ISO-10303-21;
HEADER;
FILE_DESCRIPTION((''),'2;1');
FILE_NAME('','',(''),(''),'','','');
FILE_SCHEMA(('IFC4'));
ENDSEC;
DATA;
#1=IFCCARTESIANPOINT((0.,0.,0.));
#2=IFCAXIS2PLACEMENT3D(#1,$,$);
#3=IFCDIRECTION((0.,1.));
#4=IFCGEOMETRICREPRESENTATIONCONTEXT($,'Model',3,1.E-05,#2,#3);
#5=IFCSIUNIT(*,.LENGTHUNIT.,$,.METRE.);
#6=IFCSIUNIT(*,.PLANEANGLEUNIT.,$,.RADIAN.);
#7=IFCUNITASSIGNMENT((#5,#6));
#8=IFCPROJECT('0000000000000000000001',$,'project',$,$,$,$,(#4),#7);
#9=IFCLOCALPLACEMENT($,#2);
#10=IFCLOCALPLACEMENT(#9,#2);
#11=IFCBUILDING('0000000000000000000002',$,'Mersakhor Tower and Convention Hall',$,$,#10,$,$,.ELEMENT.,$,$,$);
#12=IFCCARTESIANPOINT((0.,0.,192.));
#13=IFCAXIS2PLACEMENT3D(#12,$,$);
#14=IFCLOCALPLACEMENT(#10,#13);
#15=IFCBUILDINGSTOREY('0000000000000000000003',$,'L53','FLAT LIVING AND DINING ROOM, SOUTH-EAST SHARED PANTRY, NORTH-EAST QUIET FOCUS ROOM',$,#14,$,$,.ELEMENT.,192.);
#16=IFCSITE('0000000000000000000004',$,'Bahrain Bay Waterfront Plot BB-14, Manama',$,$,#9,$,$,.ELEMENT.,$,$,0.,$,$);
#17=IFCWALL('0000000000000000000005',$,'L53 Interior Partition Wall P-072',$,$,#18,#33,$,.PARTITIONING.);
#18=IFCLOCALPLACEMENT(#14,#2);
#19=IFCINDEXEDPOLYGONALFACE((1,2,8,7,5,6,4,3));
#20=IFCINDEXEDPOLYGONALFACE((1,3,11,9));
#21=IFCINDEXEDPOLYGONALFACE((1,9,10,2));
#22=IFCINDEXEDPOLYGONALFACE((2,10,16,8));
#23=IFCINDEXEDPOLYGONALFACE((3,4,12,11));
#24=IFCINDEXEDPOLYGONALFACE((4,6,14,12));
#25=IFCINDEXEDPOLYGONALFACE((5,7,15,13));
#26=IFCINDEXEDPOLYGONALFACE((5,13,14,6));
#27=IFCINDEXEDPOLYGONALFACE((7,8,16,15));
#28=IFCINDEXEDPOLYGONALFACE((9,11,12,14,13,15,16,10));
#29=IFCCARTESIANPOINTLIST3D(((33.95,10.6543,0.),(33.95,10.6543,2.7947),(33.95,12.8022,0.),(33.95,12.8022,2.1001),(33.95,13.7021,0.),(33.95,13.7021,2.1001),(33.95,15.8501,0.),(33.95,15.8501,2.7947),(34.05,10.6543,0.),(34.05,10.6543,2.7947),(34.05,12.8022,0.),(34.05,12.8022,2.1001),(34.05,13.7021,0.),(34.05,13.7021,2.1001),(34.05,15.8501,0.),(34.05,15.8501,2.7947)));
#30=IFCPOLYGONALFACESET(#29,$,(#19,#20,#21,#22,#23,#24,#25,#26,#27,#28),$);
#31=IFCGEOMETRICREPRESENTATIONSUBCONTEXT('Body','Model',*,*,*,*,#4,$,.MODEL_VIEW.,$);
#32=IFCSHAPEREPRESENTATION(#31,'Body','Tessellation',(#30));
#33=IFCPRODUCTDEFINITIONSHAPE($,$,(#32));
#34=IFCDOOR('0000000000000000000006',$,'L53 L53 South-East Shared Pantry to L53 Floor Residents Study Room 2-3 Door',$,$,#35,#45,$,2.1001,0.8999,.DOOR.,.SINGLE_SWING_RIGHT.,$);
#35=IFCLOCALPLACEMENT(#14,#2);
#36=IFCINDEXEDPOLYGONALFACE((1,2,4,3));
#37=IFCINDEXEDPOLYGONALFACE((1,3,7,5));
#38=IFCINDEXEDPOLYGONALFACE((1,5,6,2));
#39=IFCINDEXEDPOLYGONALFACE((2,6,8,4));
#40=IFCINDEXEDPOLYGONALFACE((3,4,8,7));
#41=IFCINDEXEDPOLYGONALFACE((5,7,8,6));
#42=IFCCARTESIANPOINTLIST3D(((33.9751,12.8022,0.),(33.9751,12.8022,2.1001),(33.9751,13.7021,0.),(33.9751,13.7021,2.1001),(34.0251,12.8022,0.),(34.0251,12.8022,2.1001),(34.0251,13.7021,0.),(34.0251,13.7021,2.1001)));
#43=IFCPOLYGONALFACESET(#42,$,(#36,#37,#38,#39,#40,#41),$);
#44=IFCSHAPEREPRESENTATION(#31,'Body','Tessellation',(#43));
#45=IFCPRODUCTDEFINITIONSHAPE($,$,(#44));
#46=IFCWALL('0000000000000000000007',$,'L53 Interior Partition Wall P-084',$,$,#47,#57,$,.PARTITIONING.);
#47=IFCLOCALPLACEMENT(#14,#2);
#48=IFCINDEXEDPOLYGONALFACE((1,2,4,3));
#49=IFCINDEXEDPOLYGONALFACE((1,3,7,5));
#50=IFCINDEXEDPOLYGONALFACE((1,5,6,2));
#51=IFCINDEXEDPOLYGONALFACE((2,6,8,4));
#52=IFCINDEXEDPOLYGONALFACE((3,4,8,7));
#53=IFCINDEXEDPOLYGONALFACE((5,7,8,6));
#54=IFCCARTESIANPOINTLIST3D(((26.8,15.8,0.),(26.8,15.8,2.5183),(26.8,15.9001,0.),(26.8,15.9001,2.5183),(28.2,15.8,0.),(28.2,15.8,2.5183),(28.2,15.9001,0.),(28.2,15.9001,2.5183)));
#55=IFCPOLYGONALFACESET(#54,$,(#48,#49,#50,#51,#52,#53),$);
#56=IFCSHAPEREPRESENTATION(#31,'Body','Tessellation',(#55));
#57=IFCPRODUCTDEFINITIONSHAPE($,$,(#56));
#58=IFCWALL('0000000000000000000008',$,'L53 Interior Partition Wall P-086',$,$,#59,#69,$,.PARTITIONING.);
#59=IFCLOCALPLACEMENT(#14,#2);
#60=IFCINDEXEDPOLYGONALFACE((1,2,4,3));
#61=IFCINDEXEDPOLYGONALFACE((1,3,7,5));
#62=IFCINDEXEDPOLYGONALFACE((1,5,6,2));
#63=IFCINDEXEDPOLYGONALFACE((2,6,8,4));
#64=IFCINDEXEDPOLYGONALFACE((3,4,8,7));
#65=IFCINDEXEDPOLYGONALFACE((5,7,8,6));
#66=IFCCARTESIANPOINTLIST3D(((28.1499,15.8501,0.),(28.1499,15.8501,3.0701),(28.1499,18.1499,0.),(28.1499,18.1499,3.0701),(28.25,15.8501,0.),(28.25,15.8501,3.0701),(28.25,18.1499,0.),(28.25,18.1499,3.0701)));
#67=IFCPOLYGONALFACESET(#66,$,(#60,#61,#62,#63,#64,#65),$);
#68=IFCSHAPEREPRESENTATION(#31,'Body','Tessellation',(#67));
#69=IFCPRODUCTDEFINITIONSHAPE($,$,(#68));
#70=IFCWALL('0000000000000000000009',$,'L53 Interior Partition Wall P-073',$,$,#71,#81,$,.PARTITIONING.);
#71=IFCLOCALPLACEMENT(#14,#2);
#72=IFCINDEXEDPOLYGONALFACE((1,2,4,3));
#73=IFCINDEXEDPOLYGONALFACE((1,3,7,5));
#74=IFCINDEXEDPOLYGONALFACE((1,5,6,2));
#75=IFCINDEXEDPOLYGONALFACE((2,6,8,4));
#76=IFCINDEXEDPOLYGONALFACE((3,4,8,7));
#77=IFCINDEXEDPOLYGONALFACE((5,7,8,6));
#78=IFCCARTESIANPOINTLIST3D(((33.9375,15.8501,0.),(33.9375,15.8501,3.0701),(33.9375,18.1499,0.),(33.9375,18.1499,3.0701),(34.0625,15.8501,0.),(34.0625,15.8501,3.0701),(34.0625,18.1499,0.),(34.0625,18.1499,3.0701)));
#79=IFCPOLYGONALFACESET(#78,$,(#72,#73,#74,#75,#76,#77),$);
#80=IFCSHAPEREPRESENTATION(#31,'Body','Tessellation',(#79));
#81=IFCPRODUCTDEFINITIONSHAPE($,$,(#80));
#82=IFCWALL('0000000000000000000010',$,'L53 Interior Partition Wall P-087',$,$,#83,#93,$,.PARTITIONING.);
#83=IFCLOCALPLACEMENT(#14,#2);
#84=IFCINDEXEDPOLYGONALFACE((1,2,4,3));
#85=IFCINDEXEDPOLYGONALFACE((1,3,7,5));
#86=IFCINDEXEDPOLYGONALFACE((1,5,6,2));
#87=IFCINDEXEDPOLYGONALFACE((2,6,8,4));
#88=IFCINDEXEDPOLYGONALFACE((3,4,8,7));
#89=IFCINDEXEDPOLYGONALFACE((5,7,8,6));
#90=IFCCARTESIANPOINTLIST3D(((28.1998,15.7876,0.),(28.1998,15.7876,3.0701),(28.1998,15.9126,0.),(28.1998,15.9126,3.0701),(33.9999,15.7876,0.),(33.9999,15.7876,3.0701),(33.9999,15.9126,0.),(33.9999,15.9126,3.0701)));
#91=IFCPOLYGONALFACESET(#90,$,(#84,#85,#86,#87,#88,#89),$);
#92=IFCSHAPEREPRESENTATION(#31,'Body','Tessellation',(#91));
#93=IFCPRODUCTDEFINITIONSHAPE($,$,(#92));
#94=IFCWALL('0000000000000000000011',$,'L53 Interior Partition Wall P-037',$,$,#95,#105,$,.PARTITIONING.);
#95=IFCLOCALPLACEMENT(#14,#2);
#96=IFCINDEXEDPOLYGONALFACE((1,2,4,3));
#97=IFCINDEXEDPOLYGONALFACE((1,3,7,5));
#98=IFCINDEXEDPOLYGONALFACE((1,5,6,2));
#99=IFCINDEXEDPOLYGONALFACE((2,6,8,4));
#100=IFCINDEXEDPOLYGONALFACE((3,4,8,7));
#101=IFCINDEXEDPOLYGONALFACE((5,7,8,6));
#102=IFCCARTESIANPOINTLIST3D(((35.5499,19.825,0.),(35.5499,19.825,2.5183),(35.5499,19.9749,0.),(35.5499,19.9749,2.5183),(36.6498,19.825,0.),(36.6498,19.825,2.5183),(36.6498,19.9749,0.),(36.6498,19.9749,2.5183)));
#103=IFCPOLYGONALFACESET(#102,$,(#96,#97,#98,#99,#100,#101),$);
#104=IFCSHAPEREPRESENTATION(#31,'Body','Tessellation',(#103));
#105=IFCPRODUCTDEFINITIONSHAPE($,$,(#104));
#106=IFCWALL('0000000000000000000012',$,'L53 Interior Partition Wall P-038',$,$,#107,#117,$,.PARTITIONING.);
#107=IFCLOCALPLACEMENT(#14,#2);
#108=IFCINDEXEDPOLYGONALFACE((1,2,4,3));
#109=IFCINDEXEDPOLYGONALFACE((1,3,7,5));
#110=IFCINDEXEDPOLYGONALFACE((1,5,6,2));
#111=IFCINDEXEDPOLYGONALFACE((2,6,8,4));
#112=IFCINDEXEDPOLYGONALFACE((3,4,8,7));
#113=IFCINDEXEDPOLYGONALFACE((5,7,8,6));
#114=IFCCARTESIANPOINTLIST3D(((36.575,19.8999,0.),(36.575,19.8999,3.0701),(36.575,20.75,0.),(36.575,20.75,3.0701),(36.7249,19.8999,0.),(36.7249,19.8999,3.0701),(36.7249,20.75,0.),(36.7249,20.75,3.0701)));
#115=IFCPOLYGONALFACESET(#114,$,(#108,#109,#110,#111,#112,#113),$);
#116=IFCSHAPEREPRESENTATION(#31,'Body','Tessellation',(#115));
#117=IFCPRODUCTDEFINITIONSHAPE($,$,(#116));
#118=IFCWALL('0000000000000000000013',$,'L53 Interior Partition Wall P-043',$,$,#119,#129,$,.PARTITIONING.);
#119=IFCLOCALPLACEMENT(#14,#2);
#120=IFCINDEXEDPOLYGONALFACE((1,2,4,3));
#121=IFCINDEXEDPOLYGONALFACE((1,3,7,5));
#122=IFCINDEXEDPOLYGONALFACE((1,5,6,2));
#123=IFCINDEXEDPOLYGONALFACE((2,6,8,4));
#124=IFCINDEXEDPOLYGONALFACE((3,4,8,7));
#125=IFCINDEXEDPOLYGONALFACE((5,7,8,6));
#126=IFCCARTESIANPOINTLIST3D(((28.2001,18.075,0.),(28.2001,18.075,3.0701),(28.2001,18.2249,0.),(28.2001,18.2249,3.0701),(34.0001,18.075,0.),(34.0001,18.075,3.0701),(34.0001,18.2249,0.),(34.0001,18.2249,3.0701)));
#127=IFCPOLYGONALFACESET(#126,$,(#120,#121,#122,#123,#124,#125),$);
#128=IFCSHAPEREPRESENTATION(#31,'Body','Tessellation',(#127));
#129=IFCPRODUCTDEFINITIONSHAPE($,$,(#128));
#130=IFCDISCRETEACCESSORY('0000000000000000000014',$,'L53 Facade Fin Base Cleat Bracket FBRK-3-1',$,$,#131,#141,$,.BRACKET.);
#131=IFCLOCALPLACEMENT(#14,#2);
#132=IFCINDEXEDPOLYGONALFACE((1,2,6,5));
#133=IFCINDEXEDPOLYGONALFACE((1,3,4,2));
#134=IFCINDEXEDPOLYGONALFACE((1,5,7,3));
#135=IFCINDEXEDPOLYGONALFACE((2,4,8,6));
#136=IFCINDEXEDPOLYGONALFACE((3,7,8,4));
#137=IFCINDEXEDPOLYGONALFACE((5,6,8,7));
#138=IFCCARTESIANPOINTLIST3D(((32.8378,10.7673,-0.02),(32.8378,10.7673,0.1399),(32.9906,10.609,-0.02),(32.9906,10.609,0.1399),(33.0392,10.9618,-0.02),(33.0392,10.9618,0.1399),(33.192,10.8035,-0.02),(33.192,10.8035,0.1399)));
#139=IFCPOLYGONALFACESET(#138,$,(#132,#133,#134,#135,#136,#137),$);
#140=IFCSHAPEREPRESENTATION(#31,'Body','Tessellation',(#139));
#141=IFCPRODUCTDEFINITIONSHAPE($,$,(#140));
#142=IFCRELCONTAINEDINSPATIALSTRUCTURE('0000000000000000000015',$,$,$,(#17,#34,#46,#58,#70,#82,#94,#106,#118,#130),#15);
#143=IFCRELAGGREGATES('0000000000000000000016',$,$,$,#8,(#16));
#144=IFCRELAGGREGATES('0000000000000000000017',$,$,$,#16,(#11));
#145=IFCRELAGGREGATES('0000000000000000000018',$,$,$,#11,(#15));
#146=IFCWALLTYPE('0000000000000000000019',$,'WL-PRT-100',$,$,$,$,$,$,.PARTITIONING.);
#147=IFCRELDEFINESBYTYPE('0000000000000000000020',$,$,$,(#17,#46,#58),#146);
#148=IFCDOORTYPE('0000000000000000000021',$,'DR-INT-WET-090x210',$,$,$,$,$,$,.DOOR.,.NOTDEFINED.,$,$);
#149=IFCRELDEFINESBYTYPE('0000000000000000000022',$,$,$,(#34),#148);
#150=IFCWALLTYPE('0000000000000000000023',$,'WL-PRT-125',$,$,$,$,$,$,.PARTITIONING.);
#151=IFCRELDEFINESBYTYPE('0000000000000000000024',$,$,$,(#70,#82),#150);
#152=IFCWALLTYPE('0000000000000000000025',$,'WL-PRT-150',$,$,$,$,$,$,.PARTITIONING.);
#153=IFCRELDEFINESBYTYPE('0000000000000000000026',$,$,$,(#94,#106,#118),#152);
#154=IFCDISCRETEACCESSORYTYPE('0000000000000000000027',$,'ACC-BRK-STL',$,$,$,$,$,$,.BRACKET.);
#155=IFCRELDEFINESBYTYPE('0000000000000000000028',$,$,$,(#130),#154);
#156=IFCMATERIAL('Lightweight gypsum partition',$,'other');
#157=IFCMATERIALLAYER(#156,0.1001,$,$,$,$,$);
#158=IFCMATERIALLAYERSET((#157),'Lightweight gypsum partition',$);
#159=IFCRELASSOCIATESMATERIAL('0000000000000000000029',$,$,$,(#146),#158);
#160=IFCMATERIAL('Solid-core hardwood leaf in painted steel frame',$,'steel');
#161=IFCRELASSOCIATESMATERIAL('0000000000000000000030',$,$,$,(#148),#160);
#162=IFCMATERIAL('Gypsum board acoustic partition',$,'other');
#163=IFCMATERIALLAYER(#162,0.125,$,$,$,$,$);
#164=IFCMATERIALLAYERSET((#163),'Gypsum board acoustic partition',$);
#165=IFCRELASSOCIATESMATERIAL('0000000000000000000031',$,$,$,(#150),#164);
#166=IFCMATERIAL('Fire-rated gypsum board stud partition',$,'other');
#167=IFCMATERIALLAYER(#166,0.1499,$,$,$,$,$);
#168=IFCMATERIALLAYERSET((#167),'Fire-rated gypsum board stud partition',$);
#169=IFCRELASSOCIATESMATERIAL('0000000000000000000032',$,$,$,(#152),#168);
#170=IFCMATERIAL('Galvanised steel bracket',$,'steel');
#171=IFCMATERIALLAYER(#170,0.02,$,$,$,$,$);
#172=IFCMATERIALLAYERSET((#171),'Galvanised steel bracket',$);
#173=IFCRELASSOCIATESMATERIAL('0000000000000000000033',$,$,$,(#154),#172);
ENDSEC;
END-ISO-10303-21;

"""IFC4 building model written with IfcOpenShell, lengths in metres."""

from ifc_helpers import new_model, si_unit, direction, frame, frame_2d, origin, origin_2d, place, context, subcontext, project, spatial, rectangle, extrude, material, layer, layer_set, type_object, element, fill, save


model = new_model("IFC4")

# Units and contexts
model_context = context("Model", 3, precision=1e-05, world=origin(), true_north=direction((0.0, 1.0)))
body_context = subcontext(model_context, "Body", "Model", "MODEL_VIEW")
ifc_project = project(units=[si_unit("LENGTHUNIT", "METRE"), si_unit("PLANEANGLEUNIT", "RADIAN")], contexts=[model_context])

# Site, building, storey
site_placement = place(None, origin())
site = spatial("IfcSite", under=ifc_project, at=site_placement, Name="Bahrain Bay Waterfront Plot BB-14, Manama", CompositionType="ELEMENT", RefElevation=0.0)
building_placement = place(site_placement, origin())
building = spatial("IfcBuilding", under=site, at=building_placement, Name="Mersakhor Tower and Convention Hall", CompositionType="ELEMENT")
storey_placement = place(building_placement, frame((0.0, 0.0, 192.0)))
storey = spatial("IfcBuildingStorey", under=building, at=storey_placement, Name="L53", Description="FLAT LIVING AND DINING ROOM, SOUTH-EAST SHARED PANTRY, NORTH-EAST QUIET FOCUS ROOM", CompositionType="ELEMENT", Elevation=192.0)

# Wall, opening, door
ifc_material_1 = material(Name="Lightweight gypsum partition", Category="other")
ifc_layer_1 = layer(ifc_material_1, 0.1001)
ifc_layer_set_1 = layer_set([ifc_layer_1], Name="Lightweight gypsum partition")
wall_type_1 = type_object("IfcWallType", Name="WL-PRT-100", PredefinedType="PARTITIONING", material=ifc_layer_set_1)
wall_1_placement = place(storey_placement, frame((34.0, 10.6543, 0.0), z_axis=(0.0, 0.0, 1.0), x_axis=(0.0, 1.0, 0.0)))
wall_1 = element("IfcWall", 1, at=wall_1_placement, inside=storey, type_object=wall_type_1, Name="L53 Interior Partition Wall P-072", PredefinedType="PARTITIONING", context=body_context, shape_type="SweptSolid", body=[
    extrude(rectangle(XDim=5.1958, YDim=0.1001, at=frame_2d((2.5979, 0.0))), origin(), (0.0, 0.0, 1.0), 2.7947),
])
opening_1_placement = place(wall_1_placement, frame((2.1479, 0.0, 0.0)))
opening_1 = element("IfcOpeningElement", 2, at=opening_1_placement, cuts=wall_1, PredefinedType="OPENING", context=body_context, shape_type="SweptSolid", body=[
    extrude(rectangle(XDim=0.8999, YDim=2.1001, at=frame_2d((0.45, 1.05))), frame((0.0, 0.0601, 0.0), z_axis=(0.0, -1.0, 0.0), x_axis=(1.0, 0.0, 0.0)), (0.0, 0.0, 1.0), 0.1201),
])
ifc_material_2 = material(Name="Solid-core hardwood leaf in painted steel frame", Category="steel")
door_type_1 = type_object("IfcDoorType", Name="DR-INT-WET-090x210", OperationType="NOTDEFINED", PredefinedType="DOOR", material=ifc_material_2)
door_1_placement = place(opening_1_placement, origin())
door_1 = element("IfcDoor", 3, at=door_1_placement, inside=storey, type_object=door_type_1, Name="L53 L53 South-East Shared Pantry to L53 Floor Residents Study Room 2-3 Door", OperationType="SINGLE_SWING_RIGHT", OverallHeight=2.1001, OverallWidth=0.8999, PredefinedType="DOOR", context=body_context, shape_type="SweptSolid", body=[
    extrude(rectangle(XDim=0.8999, YDim=2.1001, at=frame_2d((0.45, 1.05))), frame((0.0, 0.0249, 0.0), z_axis=(0.0, -1.0, 0.0), x_axis=(1.0, 0.0, 0.0)), (0.0, 0.0, 1.0), 0.05),
])
fill(opening_1, door_1)

# Walls
wall_2_placement = place(storey_placement, frame((28.2, 15.8501, 0.0), z_axis=(0.0, 0.0, 1.0), x_axis=(-1.0, 0.0, 0.0)))
element("IfcWall", 4, at=wall_2_placement, inside=storey, type_object=wall_type_1, Name="L53 Interior Partition Wall P-084", PredefinedType="PARTITIONING", context=body_context, shape_type="SweptSolid", body=[
    extrude(rectangle(XDim=1.3999, YDim=0.1001, at=frame_2d((0.7, 0.0))), origin(), (0.0, 0.0, 1.0), 2.5183),
])
wall_3_placement = place(storey_placement, frame((28.2, 18.1499, 0.0), z_axis=(0.0, 0.0, 1.0), x_axis=(0.0, -1.0, 0.0)))
element("IfcWall", 5, at=wall_3_placement, inside=storey, type_object=wall_type_1, Name="L53 Interior Partition Wall P-086", PredefinedType="PARTITIONING", context=body_context, shape_type="SweptSolid", body=[
    extrude(rectangle(XDim=2.2998, YDim=0.1001, at=frame_2d((1.1499, 0.0))), origin(), (0.0, 0.0, 1.0), 3.0701),
])
ifc_material_3 = material(Name="Gypsum board acoustic partition", Category="other")
ifc_layer_2 = layer(ifc_material_3, 0.125)
ifc_layer_set_2 = layer_set([ifc_layer_2], Name="Gypsum board acoustic partition")
wall_type_2 = type_object("IfcWallType", Name="WL-PRT-125", PredefinedType="PARTITIONING", material=ifc_layer_set_2)
wall_4_placement = place(storey_placement, frame((34.0, 15.8501, 0.0), z_axis=(0.0, 0.0, 1.0), x_axis=(0.0, 1.0, 0.0)))
element("IfcWall", 6, at=wall_4_placement, inside=storey, type_object=wall_type_2, Name="L53 Interior Partition Wall P-073", PredefinedType="PARTITIONING", context=body_context, shape_type="SweptSolid", body=[
    extrude(rectangle(XDim=2.2998, YDim=0.125, at=frame_2d((1.1499, 0.0))), origin(), (0.0, 0.0, 1.0), 3.0701),
])
wall_5_placement = place(storey_placement, frame((28.2, 15.8501, 0.0), z_axis=(0.0, 0.0, 1.0), x_axis=(1.0, 0.0, 0.0)))
element("IfcWall", 7, at=wall_5_placement, inside=storey, type_object=wall_type_2, Name="L53 Interior Partition Wall P-087", PredefinedType="PARTITIONING", context=body_context, shape_type="SweptSolid", body=[
    extrude(rectangle(XDim=5.8, YDim=0.125, at=frame_2d((2.8999, 0.0))), origin(), (0.0, 0.0, 1.0), 3.0701),
])
ifc_material_4 = material(Name="Fire-rated gypsum board stud partition", Category="other")
ifc_layer_3 = layer(ifc_material_4, 0.1499)
ifc_layer_set_3 = layer_set([ifc_layer_3], Name="Fire-rated gypsum board stud partition")
wall_type_3 = type_object("IfcWallType", Name="WL-PRT-150", PredefinedType="PARTITIONING", material=ifc_layer_set_3)
wall_6_placement = place(storey_placement, frame((35.55, 19.8999, 0.0), z_axis=(0.0, 0.0, 1.0), x_axis=(1.0, 0.0, 0.0)))
element("IfcWall", 8, at=wall_6_placement, inside=storey, type_object=wall_type_3, Name="L53 Interior Partition Wall P-037", PredefinedType="PARTITIONING", context=body_context, shape_type="SweptSolid", body=[
    extrude(rectangle(XDim=1.0999, YDim=0.1499, at=frame_2d((0.5498, 0.0))), origin(), (0.0, 0.0, 1.0), 2.5183),
])
wall_7_placement = place(storey_placement, frame((36.6499, 19.8999, 0.0), z_axis=(0.0, 0.0, 1.0), x_axis=(0.0, 1.0, 0.0)))
element("IfcWall", 9, at=wall_7_placement, inside=storey, type_object=wall_type_3, Name="L53 Interior Partition Wall P-038", PredefinedType="PARTITIONING", context=body_context, shape_type="SweptSolid", body=[
    extrude(rectangle(XDim=0.8501, YDim=0.1499, at=frame_2d((0.425, 0.0))), origin(), (0.0, 0.0, 1.0), 3.0701),
])
wall_8_placement = place(storey_placement, frame((34.0, 18.1499, 0.0), z_axis=(0.0, 0.0, 1.0), x_axis=(-1.0, 0.0, 0.0)))
element("IfcWall", 10, at=wall_8_placement, inside=storey, type_object=wall_type_3, Name="L53 Interior Partition Wall P-043", PredefinedType="PARTITIONING", context=body_context, shape_type="SweptSolid", body=[
    extrude(rectangle(XDim=5.8, YDim=0.1499, at=frame_2d((2.8999, 0.0))), origin(), (0.0, 0.0, 1.0), 3.0701),
])

# Discrete accessory
ifc_material_5 = material(Name="Galvanised steel bracket", Category="steel")
ifc_layer_4 = layer(ifc_material_5, 0.02)
ifc_layer_set_4 = layer_set([ifc_layer_4], Name="Galvanised steel bracket")
discrete_accessory_type = type_object("IfcDiscreteAccessoryType", Name="ACC-BRK-STL", PredefinedType="BRACKET", material=ifc_layer_set_4)
discrete_accessory_placement = place(storey_placement, frame((33.0149, 10.7854, -0.02), z_axis=(0.0, 0.0, 1.0), x_axis=(-0.71934, -0.694658, 0.0)))
element("IfcDiscreteAccessory", 11, at=discrete_accessory_placement, inside=storey, type_object=discrete_accessory_type, Name="L53 Facade Fin Base Cleat Bracket FBRK-3-1", PredefinedType="BRACKET", context=body_context, shape_type="SweptSolid", body=[
    extrude(rectangle(XDim=0.28, YDim=0.22, at=origin_2d()), origin(), (0.0, 0.0, 1.0), 0.1599),
])

save(model, "model.ifc")
